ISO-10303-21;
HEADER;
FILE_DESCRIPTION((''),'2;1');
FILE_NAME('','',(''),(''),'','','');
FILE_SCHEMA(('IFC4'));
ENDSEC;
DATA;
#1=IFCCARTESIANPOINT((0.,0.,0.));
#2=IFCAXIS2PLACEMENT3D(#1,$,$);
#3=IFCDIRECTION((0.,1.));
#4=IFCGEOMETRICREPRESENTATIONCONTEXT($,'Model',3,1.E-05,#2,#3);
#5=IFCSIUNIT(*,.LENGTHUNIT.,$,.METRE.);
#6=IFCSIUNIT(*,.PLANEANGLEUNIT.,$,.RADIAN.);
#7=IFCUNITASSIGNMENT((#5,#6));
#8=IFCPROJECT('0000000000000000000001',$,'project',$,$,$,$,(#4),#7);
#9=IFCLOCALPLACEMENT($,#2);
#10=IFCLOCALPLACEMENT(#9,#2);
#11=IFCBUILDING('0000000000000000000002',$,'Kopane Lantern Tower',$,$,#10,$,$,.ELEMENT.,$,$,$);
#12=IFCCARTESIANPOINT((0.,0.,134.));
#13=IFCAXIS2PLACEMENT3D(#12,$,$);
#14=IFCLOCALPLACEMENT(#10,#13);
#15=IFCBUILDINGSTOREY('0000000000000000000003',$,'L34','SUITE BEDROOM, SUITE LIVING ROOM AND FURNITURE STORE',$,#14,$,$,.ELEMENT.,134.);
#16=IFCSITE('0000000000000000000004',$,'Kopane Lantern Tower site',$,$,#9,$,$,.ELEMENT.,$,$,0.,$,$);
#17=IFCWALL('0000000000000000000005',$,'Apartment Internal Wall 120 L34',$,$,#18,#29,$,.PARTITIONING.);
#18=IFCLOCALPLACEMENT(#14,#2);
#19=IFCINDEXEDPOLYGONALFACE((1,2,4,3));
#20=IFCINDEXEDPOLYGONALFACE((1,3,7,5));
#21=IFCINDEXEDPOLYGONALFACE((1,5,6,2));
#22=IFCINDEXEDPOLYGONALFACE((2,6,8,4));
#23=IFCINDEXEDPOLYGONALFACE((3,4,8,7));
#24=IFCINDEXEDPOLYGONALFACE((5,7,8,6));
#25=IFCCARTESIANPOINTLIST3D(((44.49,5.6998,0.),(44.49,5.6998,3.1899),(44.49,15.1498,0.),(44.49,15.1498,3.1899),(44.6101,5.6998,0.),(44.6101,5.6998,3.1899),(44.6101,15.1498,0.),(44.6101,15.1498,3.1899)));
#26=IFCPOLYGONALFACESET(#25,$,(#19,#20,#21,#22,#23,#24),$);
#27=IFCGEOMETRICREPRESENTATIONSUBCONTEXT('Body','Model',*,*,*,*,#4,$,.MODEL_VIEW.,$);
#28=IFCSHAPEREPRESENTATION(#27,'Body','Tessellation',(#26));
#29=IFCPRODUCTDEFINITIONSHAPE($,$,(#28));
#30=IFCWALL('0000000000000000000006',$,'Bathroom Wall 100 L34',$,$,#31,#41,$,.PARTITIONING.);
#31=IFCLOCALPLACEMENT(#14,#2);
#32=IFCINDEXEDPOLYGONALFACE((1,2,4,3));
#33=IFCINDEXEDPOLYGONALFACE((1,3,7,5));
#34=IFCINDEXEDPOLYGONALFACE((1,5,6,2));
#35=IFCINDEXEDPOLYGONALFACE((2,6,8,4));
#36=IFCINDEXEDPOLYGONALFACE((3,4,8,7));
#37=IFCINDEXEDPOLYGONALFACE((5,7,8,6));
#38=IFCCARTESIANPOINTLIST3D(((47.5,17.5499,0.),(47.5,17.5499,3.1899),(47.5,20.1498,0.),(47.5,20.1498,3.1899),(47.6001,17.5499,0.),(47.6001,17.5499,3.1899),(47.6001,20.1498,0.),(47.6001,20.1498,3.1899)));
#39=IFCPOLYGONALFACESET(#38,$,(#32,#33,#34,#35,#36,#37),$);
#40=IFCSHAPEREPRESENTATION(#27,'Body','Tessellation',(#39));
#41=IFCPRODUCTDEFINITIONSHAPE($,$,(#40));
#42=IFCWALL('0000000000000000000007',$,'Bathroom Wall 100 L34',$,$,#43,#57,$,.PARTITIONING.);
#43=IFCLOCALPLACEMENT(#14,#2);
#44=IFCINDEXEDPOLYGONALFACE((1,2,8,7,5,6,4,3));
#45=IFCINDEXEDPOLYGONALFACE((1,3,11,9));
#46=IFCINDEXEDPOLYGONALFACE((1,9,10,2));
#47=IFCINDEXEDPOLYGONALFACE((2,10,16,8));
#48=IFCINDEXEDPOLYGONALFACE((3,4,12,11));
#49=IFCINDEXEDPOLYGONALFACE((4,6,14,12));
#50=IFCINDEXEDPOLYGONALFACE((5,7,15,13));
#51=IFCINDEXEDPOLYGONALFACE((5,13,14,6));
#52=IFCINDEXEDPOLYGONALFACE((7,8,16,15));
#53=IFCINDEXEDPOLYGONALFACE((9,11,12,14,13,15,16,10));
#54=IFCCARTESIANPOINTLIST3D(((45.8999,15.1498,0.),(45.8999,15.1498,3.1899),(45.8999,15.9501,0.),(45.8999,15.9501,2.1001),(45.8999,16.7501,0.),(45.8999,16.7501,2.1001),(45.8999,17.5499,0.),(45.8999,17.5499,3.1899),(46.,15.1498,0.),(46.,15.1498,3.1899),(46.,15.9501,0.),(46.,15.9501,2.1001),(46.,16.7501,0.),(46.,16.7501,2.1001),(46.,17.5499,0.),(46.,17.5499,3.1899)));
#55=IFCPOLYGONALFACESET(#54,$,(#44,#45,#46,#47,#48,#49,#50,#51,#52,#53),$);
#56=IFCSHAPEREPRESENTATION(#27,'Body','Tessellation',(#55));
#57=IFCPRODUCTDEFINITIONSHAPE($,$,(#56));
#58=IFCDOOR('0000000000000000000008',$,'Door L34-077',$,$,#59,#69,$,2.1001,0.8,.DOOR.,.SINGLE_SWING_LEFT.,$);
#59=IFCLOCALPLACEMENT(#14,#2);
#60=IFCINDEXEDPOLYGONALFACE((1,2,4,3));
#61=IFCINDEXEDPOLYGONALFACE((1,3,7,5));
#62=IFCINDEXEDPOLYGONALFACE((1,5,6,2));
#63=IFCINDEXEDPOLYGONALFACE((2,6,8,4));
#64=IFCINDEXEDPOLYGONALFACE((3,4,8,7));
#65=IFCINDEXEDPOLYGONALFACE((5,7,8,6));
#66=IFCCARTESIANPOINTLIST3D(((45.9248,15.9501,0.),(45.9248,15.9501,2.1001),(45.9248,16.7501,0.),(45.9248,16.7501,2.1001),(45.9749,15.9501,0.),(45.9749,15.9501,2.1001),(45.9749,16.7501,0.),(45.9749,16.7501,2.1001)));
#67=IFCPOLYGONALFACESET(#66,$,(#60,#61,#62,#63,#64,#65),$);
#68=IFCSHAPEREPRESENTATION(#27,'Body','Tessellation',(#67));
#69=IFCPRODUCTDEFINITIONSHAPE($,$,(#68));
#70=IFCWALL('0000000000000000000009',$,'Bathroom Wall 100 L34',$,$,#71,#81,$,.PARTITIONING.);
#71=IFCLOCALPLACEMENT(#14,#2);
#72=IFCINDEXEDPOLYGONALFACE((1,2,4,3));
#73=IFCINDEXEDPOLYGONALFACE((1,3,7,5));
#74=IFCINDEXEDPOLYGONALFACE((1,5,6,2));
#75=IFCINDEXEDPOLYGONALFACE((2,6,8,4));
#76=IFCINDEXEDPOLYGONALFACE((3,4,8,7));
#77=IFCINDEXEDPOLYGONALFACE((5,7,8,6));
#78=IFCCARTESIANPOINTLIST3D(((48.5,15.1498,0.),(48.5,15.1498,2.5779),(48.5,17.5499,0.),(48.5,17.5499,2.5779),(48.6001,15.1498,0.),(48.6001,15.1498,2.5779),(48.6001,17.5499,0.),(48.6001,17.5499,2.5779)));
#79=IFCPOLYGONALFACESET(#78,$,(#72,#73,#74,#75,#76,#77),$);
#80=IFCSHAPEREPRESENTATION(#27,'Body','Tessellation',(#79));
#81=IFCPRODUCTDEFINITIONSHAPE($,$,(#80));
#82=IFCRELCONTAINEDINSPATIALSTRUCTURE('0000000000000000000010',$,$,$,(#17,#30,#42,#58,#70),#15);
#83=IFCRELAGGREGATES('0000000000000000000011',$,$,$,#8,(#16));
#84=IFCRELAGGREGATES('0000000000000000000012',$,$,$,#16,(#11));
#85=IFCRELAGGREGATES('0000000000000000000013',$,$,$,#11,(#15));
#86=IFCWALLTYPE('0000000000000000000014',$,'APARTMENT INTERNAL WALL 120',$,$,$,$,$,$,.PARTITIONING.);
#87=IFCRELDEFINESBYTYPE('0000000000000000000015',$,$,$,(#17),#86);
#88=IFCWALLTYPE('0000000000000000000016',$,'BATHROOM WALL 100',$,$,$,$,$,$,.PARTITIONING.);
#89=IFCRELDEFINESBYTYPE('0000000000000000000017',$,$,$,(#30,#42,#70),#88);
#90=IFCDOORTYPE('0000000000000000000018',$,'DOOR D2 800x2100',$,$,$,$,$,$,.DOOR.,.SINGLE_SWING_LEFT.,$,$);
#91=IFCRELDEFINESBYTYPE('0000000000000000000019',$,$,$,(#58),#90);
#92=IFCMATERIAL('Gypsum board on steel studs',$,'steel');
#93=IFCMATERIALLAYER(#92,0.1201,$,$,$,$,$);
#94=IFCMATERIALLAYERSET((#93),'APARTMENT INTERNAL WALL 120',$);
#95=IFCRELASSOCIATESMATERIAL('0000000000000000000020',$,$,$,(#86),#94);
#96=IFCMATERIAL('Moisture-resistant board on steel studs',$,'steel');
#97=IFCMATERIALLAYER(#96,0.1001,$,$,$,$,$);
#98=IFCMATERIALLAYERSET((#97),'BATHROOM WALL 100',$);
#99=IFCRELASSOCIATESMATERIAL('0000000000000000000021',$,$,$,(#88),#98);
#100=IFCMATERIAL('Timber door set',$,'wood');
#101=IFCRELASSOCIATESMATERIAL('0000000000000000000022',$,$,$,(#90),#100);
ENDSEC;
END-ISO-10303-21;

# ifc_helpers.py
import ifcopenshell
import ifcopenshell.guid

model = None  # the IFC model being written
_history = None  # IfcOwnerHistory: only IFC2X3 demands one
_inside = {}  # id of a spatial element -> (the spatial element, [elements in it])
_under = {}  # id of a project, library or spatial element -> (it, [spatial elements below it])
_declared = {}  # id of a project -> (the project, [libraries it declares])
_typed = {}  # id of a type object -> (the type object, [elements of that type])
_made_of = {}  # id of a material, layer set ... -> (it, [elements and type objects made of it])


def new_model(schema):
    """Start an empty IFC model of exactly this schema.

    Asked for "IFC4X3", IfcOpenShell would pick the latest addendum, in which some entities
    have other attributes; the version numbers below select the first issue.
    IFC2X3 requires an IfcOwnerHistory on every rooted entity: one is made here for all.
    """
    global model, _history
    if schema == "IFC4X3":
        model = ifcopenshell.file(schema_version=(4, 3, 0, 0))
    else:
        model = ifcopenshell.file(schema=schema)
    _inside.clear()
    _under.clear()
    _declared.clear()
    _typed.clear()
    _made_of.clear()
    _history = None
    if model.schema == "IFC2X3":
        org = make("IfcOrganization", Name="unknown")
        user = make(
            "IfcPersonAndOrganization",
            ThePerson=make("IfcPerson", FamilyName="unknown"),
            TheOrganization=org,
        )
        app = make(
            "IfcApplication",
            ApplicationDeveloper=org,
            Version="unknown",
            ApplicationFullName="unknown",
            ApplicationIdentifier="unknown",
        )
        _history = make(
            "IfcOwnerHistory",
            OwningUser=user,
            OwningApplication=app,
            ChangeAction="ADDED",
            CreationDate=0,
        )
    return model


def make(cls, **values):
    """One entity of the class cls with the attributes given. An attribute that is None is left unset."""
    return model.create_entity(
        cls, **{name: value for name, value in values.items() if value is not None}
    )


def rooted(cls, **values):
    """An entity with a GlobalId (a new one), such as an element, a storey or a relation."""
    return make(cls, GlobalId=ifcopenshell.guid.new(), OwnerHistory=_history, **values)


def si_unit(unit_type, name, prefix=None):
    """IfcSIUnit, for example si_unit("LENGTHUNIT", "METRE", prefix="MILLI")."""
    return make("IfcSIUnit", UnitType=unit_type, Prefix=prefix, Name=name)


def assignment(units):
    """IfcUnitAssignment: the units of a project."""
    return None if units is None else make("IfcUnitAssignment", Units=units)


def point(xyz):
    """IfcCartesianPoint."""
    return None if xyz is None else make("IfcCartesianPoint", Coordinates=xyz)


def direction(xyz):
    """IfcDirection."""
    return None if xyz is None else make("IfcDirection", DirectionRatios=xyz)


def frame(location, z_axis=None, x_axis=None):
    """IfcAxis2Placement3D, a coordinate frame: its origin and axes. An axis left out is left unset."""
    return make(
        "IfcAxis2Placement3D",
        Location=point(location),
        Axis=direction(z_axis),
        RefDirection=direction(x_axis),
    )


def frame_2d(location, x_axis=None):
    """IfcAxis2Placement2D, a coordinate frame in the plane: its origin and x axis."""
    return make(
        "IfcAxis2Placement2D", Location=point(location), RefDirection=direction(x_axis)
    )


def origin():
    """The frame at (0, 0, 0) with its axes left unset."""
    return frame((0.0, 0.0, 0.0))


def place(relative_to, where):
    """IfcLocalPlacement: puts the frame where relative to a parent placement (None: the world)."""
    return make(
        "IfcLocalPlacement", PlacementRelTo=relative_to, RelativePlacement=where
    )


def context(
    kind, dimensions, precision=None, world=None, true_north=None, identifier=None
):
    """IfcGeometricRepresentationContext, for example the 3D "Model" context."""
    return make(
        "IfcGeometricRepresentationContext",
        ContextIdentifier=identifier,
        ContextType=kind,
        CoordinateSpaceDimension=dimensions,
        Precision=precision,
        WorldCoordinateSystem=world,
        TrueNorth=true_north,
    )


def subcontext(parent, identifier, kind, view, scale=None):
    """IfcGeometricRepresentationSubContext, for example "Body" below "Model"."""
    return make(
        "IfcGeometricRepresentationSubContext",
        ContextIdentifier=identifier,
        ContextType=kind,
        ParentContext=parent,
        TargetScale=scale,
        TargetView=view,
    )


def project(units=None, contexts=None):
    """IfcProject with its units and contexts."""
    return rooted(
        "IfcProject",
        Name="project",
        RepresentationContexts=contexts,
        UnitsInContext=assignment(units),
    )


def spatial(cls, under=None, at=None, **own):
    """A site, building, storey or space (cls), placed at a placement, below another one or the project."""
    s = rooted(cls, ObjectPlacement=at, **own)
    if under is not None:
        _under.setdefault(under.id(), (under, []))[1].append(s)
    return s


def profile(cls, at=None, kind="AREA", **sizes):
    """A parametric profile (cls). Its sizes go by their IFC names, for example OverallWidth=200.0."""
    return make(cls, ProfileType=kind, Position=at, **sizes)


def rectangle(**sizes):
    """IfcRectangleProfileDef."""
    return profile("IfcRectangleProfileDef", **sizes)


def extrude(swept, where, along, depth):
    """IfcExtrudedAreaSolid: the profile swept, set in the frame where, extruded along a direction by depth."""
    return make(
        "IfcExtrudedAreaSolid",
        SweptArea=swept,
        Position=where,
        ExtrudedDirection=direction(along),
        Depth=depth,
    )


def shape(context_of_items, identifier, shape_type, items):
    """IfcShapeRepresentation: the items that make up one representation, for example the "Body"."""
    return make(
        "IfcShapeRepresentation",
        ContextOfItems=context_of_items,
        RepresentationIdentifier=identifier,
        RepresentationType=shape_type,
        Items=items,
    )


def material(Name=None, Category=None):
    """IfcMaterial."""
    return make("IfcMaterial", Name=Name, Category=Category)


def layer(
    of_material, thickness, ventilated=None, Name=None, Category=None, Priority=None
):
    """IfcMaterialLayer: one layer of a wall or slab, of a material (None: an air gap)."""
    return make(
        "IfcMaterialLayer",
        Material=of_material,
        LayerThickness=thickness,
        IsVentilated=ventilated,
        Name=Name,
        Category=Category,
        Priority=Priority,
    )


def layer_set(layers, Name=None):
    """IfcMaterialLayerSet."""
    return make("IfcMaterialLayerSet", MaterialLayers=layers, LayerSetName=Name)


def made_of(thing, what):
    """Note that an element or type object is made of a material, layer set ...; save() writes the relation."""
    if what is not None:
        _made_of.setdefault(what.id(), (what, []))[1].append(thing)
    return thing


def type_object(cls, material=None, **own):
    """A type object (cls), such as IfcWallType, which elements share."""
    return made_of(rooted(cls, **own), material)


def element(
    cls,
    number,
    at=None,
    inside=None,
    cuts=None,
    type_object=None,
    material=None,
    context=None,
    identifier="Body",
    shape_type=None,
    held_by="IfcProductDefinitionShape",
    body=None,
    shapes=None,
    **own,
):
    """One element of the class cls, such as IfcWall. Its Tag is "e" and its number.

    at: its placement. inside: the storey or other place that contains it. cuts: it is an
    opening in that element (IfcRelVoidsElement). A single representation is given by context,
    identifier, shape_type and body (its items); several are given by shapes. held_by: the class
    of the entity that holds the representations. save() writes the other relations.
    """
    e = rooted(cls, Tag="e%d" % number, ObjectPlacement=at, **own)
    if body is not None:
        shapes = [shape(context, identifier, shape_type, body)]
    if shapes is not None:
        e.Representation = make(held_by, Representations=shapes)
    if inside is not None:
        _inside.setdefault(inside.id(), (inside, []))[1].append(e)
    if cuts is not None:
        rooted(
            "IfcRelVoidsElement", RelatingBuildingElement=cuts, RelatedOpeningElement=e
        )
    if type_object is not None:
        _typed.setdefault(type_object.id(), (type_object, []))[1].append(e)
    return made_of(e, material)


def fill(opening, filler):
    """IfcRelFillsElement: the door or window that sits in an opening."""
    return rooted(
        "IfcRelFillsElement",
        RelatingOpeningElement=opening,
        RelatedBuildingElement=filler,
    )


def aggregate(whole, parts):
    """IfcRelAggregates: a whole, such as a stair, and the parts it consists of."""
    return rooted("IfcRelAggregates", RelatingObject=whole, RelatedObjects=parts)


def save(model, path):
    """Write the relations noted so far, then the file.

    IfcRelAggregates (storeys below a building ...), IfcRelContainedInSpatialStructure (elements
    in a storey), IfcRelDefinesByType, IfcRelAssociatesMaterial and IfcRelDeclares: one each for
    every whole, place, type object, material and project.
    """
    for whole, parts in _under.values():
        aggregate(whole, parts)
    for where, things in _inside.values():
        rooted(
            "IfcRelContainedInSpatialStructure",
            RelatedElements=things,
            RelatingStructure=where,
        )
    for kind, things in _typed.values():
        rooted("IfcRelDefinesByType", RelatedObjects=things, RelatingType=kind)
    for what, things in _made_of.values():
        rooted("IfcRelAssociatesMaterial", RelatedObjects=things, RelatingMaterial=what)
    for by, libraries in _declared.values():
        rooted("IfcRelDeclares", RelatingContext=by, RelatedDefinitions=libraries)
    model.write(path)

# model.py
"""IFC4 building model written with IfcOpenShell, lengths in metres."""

from ifc_helpers import new_model, si_unit, direction, frame, frame_2d, origin, place, context, subcontext, project, spatial, rectangle, extrude, material, layer, layer_set, type_object, element, fill, save


model = new_model("IFC4")

# Units and contexts
model_context = context("Model", 3, precision=1e-05, world=origin(), true_north=direction((0.0, 1.0)))
body_context = subcontext(model_context, "Body", "Model", "MODEL_VIEW")
ifc_project = project(units=[si_unit("LENGTHUNIT", "METRE"), si_unit("PLANEANGLEUNIT", "RADIAN")], contexts=[model_context])

# Site, building, storey
site_placement = place(None, origin())
site = spatial("IfcSite", under=ifc_project, at=site_placement, Name="Kopane Lantern Tower site", CompositionType="ELEMENT", RefElevation=0.0)
building_placement = place(site_placement, origin())
building = spatial("IfcBuilding", under=site, at=building_placement, Name="Kopane Lantern Tower", CompositionType="ELEMENT")
storey_placement = place(building_placement, frame((0.0, 0.0, 134.0)))
storey = spatial("IfcBuildingStorey", under=building, at=storey_placement, Name="L34", Description="SUITE BEDROOM, SUITE LIVING ROOM AND FURNITURE STORE", CompositionType="ELEMENT", Elevation=134.0)

# Walls
ifc_material_1 = material(Name="Gypsum board on steel studs", Category="steel")
ifc_layer_1 = layer(ifc_material_1, 0.1201)
ifc_layer_set_1 = layer_set([ifc_layer_1], Name="APARTMENT INTERNAL WALL 120")
wall_type_1 = type_object("IfcWallType", Name="APARTMENT INTERNAL WALL 120", PredefinedType="PARTITIONING", material=ifc_layer_set_1)
wall_1_placement = place(storey_placement, frame((44.55, 15.1499, 0.0), z_axis=(0.0, 0.0, 1.0), x_axis=(0.0, -1.0, 0.0)))
element("IfcWall", 1, at=wall_1_placement, inside=storey, type_object=wall_type_1, Name="Apartment Internal Wall 120 L34", PredefinedType="PARTITIONING", context=body_context, shape_type="SweptSolid", body=[
    extrude(rectangle(XDim=9.45, YDim=0.1201, at=frame_2d((4.7251, 0.0))), origin(), (0.0, 0.0, 1.0), 3.1899),
])
ifc_material_2 = material(Name="Moisture-resistant board on steel studs", Category="steel")
ifc_layer_2 = layer(ifc_material_2, 0.1001)
ifc_layer_set_2 = layer_set([ifc_layer_2], Name="BATHROOM WALL 100")
wall_type_2 = type_object("IfcWallType", Name="BATHROOM WALL 100", PredefinedType="PARTITIONING", material=ifc_layer_set_2)
wall_2_placement = place(storey_placement, frame((47.55, 17.55, 0.0), z_axis=(0.0, 0.0, 1.0), x_axis=(0.0, 1.0, 0.0)))
element("IfcWall", 2, at=wall_2_placement, inside=storey, type_object=wall_type_2, Name="Bathroom Wall 100 L34", PredefinedType="PARTITIONING", context=body_context, shape_type="SweptSolid", body=[
    extrude(rectangle(XDim=2.5999, YDim=0.1001, at=frame_2d((1.2998, 0.0))), origin(), (0.0, 0.0, 1.0), 3.1899),
])

# Wall, opening, door
wall_3_placement = place(storey_placement, frame((45.95, 17.55, 0.0), z_axis=(0.0, 0.0, 1.0), x_axis=(0.0, -1.0, 0.0)))
wall_3 = element("IfcWall", 3, at=wall_3_placement, inside=storey, type_object=wall_type_2, Name="Bathroom Wall 100 L34", PredefinedType="PARTITIONING", context=body_context, shape_type="SweptSolid", body=[
    extrude(rectangle(XDim=2.4001, YDim=0.1001, at=frame_2d((1.2002, 0.0))), origin(), (0.0, 0.0, 1.0), 3.1899),
])
opening_1_placement = place(wall_3_placement, frame((0.8, 0.0, 0.0)))
opening_1 = element("IfcOpeningElement", 4, at=opening_1_placement, cuts=wall_3, PredefinedType="OPENING", context=body_context, shape_type="SweptSolid", body=[
    extrude(rectangle(XDim=0.8, YDim=2.1001, at=frame_2d((0.3999, 1.05))), frame((0.0, 0.0601, 0.0), z_axis=(0.0, -1.0, 0.0), x_axis=(1.0, 0.0, 0.0)), (0.0, 0.0, 1.0), 0.1201),
])
ifc_material_3 = material(Name="Timber door set", Category="wood")
door_type_1 = type_object("IfcDoorType", Name="DOOR D2 800x2100", OperationType="SINGLE_SWING_LEFT", PredefinedType="DOOR", material=ifc_material_3)
door_1_placement = place(opening_1_placement, origin())
door_1 = element("IfcDoor", 5, at=door_1_placement, inside=storey, type_object=door_type_1, Name="Door L34-077", OperationType="SINGLE_SWING_LEFT", OverallHeight=2.1001, OverallWidth=0.8, PredefinedType="DOOR", context=body_context, shape_type="SweptSolid", body=[
    extrude(rectangle(XDim=0.8, YDim=2.1001, at=frame_2d((0.3999, 1.05))), frame((0.0, 0.0249, 0.0), z_axis=(0.0, -1.0, 0.0), x_axis=(1.0, 0.0, 0.0)), (0.0, 0.0, 1.0), 0.05),
])
fill(opening_1, door_1)

# Wall
wall_4_placement = place(storey_placement, frame((48.55, 17.55, 0.0), z_axis=(0.0, 0.0, 1.0), x_axis=(0.0, -1.0, 0.0)))
element("IfcWall", 6, at=wall_4_placement, inside=storey, type_object=wall_type_2, Name="Bathroom Wall 100 L34", PredefinedType="PARTITIONING", context=body_context, shape_type="SweptSolid", body=[
    extrude(rectangle(XDim=2.4001, YDim=0.1001, at=frame_2d((1.2002, 0.0))), origin(), (0.0, 0.0, 1.0), 2.5779),
])

save(model, "model.ifc")
